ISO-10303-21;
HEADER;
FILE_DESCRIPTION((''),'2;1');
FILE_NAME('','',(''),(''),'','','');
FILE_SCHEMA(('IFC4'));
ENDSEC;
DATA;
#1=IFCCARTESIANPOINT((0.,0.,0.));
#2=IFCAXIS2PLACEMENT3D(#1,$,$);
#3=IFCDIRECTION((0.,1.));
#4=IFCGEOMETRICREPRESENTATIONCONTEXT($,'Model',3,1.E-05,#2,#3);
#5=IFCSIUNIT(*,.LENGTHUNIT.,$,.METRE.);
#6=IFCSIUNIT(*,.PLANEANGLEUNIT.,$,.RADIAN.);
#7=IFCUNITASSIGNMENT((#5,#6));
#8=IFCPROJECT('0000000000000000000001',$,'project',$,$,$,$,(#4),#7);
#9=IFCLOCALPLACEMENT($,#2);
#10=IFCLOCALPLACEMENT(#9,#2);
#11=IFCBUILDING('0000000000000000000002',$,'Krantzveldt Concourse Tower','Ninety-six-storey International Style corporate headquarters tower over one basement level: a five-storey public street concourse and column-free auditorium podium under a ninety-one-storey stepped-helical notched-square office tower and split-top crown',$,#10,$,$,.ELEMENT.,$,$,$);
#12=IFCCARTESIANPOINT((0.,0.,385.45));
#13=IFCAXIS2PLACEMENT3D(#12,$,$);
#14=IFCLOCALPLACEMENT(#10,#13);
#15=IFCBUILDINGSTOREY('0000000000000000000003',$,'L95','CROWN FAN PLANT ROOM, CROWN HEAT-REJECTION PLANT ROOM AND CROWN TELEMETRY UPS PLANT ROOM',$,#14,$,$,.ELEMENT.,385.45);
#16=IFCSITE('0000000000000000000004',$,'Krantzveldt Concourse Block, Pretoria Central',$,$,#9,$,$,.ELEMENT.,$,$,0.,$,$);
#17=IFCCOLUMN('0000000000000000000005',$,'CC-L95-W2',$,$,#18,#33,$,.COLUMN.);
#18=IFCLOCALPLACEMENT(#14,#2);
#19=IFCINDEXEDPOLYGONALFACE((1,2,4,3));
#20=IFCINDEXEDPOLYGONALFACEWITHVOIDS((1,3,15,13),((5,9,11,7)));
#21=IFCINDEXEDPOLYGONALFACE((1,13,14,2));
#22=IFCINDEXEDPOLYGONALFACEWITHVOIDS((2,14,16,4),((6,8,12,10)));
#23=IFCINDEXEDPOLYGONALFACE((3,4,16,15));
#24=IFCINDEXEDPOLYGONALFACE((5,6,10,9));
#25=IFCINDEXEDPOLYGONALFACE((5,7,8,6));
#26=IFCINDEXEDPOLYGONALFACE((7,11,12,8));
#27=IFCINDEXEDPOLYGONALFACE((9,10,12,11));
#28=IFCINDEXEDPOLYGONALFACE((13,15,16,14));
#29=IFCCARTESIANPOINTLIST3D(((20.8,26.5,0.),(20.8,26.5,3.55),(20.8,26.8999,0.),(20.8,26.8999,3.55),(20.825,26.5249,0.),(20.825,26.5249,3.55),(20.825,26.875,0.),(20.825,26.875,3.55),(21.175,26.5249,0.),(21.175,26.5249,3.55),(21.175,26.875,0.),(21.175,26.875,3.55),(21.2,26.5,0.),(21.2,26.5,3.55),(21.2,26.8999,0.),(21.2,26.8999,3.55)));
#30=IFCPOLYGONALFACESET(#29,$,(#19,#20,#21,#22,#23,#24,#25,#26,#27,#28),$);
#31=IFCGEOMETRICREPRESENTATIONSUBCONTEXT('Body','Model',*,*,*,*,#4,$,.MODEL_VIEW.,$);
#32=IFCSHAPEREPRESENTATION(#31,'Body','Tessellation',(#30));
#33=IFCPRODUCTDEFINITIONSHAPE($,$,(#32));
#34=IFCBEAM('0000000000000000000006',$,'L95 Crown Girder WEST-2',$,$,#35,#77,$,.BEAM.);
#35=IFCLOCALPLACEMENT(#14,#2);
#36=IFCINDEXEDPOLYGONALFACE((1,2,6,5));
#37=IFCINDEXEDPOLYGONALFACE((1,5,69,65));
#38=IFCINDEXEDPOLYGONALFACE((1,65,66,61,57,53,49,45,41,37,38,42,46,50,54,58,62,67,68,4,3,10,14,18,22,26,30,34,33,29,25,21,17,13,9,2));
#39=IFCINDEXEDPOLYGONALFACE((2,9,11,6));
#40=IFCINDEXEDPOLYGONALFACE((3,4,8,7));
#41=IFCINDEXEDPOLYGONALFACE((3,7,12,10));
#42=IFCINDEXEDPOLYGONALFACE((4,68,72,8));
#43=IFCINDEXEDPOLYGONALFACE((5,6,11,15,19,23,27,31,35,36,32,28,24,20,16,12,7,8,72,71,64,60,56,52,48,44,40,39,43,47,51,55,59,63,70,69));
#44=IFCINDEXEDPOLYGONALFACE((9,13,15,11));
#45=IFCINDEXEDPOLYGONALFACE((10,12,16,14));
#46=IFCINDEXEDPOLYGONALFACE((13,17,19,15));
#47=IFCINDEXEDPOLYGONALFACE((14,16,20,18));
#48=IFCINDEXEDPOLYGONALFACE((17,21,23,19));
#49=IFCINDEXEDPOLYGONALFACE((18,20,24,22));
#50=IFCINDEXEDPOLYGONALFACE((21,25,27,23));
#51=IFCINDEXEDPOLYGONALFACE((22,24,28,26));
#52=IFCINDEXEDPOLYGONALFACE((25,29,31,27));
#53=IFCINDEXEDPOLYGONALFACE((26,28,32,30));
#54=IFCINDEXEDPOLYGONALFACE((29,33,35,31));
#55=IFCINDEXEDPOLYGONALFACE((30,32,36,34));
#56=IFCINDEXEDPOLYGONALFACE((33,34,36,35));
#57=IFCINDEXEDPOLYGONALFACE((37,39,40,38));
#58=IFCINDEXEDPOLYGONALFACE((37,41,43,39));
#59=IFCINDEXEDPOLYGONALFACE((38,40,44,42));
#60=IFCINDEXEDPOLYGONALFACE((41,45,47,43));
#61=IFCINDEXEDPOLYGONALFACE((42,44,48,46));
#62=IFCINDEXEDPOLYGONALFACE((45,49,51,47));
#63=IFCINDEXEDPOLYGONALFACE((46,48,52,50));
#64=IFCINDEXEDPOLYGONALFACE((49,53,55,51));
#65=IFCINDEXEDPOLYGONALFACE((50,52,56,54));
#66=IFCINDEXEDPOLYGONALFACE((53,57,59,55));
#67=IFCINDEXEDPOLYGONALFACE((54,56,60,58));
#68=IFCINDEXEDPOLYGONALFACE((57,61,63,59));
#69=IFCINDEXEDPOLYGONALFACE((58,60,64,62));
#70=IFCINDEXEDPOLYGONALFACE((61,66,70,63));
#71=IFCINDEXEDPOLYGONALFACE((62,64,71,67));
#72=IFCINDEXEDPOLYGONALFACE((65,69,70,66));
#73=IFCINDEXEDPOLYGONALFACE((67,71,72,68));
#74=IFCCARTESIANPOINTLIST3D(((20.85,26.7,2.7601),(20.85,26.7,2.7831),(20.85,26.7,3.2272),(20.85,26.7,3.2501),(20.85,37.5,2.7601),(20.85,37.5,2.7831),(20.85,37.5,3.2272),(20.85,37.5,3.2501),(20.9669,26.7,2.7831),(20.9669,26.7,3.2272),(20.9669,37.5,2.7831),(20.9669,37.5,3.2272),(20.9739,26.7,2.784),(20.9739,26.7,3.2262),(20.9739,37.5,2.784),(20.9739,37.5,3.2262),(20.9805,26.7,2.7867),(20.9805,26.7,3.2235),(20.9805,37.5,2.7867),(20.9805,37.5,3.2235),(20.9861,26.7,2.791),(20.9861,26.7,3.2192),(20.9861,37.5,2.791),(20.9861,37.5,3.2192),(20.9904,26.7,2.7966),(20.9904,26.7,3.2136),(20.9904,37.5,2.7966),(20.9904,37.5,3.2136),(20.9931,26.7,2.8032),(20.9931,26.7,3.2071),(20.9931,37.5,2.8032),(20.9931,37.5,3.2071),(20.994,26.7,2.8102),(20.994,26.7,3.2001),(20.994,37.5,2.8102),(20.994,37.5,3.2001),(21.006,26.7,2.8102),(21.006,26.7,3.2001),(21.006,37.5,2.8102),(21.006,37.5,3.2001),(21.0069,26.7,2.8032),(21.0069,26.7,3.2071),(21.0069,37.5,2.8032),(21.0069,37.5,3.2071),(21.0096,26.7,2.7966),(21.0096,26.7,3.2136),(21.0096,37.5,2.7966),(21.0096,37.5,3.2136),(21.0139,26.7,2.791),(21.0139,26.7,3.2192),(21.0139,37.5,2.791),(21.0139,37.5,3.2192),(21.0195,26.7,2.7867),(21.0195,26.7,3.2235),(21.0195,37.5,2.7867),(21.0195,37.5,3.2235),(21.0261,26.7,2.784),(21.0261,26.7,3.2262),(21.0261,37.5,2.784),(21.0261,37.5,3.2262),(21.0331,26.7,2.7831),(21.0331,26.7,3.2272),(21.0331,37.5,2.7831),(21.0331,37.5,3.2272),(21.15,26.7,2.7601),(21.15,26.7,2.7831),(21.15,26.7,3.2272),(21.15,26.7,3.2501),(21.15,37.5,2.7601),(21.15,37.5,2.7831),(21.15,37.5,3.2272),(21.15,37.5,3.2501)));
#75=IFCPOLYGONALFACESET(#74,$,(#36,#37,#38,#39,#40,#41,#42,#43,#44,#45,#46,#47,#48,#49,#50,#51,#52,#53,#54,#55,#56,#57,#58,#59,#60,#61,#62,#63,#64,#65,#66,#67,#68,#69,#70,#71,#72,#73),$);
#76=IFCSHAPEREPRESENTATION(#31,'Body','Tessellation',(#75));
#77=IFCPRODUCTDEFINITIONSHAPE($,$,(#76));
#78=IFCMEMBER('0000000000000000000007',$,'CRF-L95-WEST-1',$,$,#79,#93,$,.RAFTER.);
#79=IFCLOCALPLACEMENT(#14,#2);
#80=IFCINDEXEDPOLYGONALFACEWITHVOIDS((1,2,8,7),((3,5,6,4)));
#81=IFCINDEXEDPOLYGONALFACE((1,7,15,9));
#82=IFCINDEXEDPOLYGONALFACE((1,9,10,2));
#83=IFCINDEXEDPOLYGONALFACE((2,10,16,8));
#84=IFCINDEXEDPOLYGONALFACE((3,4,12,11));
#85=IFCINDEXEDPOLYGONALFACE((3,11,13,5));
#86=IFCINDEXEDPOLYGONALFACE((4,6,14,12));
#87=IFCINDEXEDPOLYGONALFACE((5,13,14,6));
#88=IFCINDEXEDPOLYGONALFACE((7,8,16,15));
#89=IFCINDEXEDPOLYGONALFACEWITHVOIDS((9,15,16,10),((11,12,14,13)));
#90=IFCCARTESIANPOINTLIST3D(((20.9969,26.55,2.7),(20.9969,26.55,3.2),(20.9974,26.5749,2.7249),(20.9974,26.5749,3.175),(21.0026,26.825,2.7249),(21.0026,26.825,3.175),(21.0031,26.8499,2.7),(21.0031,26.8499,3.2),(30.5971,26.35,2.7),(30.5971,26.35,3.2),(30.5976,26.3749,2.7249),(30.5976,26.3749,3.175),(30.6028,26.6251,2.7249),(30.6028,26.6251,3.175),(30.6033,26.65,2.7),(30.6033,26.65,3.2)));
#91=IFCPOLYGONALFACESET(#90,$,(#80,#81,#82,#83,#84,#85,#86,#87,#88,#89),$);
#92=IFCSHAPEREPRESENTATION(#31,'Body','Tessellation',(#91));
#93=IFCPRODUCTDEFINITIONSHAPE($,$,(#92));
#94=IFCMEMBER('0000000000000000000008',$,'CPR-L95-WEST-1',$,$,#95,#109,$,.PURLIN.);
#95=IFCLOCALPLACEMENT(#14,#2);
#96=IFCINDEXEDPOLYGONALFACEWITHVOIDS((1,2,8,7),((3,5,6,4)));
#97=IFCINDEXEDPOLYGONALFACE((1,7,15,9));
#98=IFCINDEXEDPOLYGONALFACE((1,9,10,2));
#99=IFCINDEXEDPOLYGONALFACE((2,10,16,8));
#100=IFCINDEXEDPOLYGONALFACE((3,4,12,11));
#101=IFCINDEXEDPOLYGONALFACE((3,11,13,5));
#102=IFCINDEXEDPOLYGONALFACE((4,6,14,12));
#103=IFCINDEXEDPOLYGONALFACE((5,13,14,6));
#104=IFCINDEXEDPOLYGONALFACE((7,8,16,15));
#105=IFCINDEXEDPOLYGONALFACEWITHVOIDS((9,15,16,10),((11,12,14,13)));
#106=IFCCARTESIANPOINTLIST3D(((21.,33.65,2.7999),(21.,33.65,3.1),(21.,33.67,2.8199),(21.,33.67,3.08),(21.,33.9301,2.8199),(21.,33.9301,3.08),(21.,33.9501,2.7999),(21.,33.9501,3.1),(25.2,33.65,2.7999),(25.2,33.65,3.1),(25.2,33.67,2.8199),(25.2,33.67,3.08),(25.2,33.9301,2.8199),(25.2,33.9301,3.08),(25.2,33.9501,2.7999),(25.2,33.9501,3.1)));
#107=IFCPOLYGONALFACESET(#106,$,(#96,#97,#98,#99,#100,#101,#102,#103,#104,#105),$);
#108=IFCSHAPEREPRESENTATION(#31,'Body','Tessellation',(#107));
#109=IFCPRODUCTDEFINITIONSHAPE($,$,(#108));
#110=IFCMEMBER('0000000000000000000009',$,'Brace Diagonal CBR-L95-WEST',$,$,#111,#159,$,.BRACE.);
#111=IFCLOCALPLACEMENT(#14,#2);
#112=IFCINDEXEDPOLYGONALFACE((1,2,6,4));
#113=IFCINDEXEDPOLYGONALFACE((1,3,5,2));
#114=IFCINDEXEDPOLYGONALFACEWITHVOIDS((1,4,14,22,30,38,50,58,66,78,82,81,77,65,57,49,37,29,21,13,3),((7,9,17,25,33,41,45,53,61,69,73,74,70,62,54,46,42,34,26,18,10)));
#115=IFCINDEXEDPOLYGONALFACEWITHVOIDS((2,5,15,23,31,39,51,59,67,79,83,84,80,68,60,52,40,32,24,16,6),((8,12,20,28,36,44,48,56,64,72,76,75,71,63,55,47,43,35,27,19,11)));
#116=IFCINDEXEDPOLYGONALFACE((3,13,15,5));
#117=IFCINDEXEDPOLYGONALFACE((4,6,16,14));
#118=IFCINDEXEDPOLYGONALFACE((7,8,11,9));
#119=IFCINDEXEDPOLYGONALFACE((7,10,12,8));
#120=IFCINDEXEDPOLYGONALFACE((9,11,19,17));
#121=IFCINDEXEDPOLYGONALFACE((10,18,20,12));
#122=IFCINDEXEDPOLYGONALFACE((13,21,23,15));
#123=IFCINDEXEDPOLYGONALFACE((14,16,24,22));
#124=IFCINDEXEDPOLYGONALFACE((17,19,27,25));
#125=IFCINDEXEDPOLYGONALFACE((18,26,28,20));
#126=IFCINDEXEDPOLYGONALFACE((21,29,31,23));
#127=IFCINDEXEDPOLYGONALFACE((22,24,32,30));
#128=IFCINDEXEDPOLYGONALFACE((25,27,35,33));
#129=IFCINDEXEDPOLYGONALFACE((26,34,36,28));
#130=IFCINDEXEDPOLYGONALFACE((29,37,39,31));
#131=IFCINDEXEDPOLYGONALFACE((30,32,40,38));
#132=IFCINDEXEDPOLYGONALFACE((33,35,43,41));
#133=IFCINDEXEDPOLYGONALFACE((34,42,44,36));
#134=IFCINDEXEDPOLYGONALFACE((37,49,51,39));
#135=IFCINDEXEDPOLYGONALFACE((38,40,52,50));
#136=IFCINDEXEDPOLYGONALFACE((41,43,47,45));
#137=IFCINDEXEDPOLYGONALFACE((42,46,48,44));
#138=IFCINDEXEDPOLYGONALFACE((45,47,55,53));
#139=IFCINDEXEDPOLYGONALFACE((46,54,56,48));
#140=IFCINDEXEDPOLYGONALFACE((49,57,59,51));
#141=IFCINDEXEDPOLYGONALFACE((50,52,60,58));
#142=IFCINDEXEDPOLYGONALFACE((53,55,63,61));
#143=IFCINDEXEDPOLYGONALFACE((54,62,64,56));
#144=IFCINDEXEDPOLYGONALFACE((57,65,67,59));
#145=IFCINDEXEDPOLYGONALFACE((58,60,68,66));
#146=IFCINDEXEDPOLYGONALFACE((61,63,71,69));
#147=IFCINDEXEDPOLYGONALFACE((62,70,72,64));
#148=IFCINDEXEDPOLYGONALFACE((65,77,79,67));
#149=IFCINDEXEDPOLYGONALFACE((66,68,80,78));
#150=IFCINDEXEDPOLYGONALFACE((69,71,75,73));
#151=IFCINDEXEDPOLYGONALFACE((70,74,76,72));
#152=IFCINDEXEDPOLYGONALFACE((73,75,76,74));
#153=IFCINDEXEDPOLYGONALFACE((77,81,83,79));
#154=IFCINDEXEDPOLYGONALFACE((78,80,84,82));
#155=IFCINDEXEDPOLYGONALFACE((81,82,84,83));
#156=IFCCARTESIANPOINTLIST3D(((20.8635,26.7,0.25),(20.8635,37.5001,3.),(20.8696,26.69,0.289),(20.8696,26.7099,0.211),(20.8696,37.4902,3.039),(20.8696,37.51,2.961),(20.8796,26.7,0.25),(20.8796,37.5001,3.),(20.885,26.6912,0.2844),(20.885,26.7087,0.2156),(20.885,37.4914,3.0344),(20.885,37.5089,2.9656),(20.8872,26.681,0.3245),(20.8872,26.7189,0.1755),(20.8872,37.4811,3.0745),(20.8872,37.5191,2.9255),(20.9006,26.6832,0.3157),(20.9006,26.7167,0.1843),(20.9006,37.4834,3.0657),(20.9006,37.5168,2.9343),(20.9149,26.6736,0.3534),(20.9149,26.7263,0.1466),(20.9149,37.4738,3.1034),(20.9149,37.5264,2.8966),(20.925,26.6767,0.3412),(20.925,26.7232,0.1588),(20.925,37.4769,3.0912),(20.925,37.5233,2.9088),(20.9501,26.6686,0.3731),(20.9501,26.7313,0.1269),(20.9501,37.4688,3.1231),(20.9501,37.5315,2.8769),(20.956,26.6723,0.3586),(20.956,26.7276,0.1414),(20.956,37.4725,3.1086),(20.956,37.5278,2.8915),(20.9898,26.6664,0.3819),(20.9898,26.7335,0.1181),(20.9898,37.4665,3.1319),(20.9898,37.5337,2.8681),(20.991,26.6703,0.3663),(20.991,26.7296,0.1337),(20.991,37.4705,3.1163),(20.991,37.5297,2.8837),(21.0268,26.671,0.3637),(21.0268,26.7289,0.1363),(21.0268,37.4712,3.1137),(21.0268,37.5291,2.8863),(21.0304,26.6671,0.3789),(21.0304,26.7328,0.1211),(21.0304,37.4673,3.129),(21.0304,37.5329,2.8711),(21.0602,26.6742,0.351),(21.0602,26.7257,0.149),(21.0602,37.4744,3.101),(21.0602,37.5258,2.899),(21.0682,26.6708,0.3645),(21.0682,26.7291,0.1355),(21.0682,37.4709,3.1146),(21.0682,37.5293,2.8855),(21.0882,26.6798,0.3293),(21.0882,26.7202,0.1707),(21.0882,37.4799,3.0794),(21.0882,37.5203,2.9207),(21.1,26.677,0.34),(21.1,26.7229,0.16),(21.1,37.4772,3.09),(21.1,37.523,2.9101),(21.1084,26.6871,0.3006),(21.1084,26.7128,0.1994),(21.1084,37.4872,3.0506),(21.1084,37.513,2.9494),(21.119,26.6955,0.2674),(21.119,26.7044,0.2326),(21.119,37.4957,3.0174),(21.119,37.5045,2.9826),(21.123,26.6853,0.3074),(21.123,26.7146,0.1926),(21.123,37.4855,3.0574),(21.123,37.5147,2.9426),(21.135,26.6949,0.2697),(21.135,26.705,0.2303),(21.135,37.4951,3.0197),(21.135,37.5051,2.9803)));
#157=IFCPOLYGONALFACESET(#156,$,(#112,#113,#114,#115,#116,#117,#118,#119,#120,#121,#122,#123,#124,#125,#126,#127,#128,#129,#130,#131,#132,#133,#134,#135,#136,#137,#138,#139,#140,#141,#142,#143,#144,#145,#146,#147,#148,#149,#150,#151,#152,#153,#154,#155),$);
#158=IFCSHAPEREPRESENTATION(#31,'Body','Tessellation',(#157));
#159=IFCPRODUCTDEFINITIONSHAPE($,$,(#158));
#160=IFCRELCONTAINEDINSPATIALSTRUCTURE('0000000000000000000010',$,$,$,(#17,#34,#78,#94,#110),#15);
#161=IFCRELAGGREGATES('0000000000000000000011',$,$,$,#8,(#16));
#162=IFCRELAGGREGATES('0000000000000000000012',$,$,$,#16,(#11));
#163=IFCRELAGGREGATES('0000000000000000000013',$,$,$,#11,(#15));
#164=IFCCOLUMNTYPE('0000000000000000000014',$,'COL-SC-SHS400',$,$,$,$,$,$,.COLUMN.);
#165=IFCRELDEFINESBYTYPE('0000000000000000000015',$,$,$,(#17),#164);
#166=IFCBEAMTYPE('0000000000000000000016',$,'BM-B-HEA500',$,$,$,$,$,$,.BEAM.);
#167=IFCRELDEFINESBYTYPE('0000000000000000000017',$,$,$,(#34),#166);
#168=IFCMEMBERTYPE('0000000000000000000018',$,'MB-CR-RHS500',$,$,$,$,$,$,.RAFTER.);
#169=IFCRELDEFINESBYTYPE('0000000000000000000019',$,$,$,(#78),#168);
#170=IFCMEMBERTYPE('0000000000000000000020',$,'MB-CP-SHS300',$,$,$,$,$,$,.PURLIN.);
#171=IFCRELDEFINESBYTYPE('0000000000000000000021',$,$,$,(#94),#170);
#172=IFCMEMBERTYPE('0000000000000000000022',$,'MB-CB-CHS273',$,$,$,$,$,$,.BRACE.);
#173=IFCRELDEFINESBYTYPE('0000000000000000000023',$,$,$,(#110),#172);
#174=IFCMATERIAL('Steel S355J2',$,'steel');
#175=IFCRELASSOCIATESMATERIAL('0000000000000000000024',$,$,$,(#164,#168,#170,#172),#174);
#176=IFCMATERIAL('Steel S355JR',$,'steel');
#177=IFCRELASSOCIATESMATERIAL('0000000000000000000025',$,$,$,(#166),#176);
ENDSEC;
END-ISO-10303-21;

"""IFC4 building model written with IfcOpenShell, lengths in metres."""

from ifc_helpers import new_model, si_unit, direction, frame, origin, origin_2d, place, context, subcontext, project, spatial, hollow_rectangle, hollow_circle, i_section, extrude, source, transform, mapped, material, material_profile, profile_set, type_object, type_shapes, element, save


model = new_model("IFC4")

# Units and contexts
model_context = context("Model", 3, precision=1e-05, world=origin(), true_north=direction((0.0, 1.0)))
body_context = subcontext(model_context, "Body", "Model", "MODEL_VIEW")
ifc_project = project(units=[si_unit("LENGTHUNIT", "METRE"), si_unit("PLANEANGLEUNIT", "RADIAN")], contexts=[model_context])

# Site, building, storey
site_placement = place(None, origin())
site = spatial("IfcSite", under=ifc_project, at=site_placement, Name="Krantzveldt Concourse Block, Pretoria Central", CompositionType="ELEMENT", RefElevation=0.0)
building_placement = place(site_placement, origin())
building = spatial("IfcBuilding", under=site, at=building_placement, Name="Krantzveldt Concourse Tower", Description="Ninety-six-storey International Style corporate headquarters tower over one basement level: a five-storey public street concourse and column-free auditorium podium under a ninety-one-storey stepped-helical notched-square office tower and split-top crown", CompositionType="ELEMENT")
storey_placement = place(building_placement, frame((0.0, 0.0, 385.45)))
storey = spatial("IfcBuildingStorey", under=building, at=storey_placement, Name="L95", Description="CROWN FAN PLANT ROOM, CROWN HEAT-REJECTION PLANT ROOM AND CROWN TELEMETRY UPS PLANT ROOM", CompositionType="ELEMENT", Elevation=385.45)

# Column
ifc_material_1 = material(Name="Steel S355J2", Category="steel")
ifc_material_profile_1 = material_profile(ifc_material_1, hollow_rectangle(XDim=0.3999, YDim=0.3999, WallThickness=0.0249, at=origin_2d()), Name="Steel S355J2", Category="steel")
ifc_profile_set_1 = profile_set([ifc_material_profile_1], Name="Steel S355J2 - SHS 400x400x25")
column_type = type_object("IfcColumnType", Name="COL-SC-SHS400", PredefinedType="COLUMN", material=ifc_profile_set_1)
shared_shape_1 = source(origin(), body_context, "Body", "SweptSolid", [
    extrude(hollow_rectangle(XDim=0.3999, YDim=0.3999, WallThickness=0.0249, at=origin_2d()), origin(), (0.0, 0.0, 1.0), 3.55),
])
type_shapes(column_type, [shared_shape_1])
column_placement = place(storey_placement, frame((21.0, 26.7, 0.0), z_axis=(0.0, 0.0, 1.0), x_axis=(1.0, 0.0, 0.0)))
element("IfcColumn", 1, at=column_placement, inside=storey, type_object=column_type, Name="CC-L95-W2", PredefinedType="COLUMN", context=body_context, shape_type="MappedRepresentation", body=[
    mapped(shared_shape_1, transform((0.0, 0.0, 0.0), x_axis=(1.0, 0.0, 0.0), y_axis=(0.0, 1.0, 0.0), z_axis=(0.0, 0.0, 1.0), scale=1.0)),
])

# Beam
ifc_material_2 = material(Name="Steel S355JR", Category="steel")
ifc_material_profile_2 = material_profile(ifc_material_2, i_section(OverallWidth=0.3, OverallDepth=0.49, WebThickness=0.012, FlangeThickness=0.0229, FilletRadius=0.0271, at=origin_2d()), Name="Steel S355JR", Category="steel")
ifc_profile_set_2 = profile_set([ifc_material_profile_2], Name="Steel S355JR - HEA 500")
beam_type = type_object("IfcBeamType", Name="BM-B-HEA500", PredefinedType="BEAM", material=ifc_profile_set_2)
shared_shape_2 = source(origin(), body_context, "Body", "SweptSolid", [
    extrude(i_section(OverallWidth=0.3, OverallDepth=0.49, WebThickness=0.012, FlangeThickness=0.0229, FilletRadius=0.0271, at=origin_2d()), origin(), (0.0, 0.0, 1.0), 10.8),
])
type_shapes(beam_type, [shared_shape_2])
beam_placement = place(storey_placement, frame((21.0, 26.7, 3.0051), z_axis=(0.0, 1.0, 0.0), x_axis=(-1.0, 0.0, 0.0)))
element("IfcBeam", 2, at=beam_placement, inside=storey, type_object=beam_type, Name="L95 Crown Girder WEST-2", PredefinedType="BEAM", context=body_context, shape_type="MappedRepresentation", body=[
    mapped(shared_shape_2, transform((0.0, 0.0, 0.0), x_axis=(1.0, 0.0, 0.0), y_axis=(0.0, 1.0, 0.0), z_axis=(0.0, 0.0, 1.0), scale=1.0)),
])

# Members
ifc_material_profile_3 = material_profile(ifc_material_1, hollow_rectangle(XDim=0.3, YDim=0.5, WallThickness=0.0249, at=origin_2d()), Name="Steel S355J2", Category="steel")
ifc_profile_set_3 = profile_set([ifc_material_profile_3], Name="Steel S355J2 - RHS 500x300x25")
member_type_1 = type_object("IfcMemberType", Name="MB-CR-RHS500", PredefinedType="RAFTER", material=ifc_profile_set_3)
shared_shape_3 = source(origin(), body_context, "Body", "SweptSolid", [
    extrude(hollow_rectangle(XDim=0.3, YDim=0.5, WallThickness=0.0249, at=origin_2d()), origin(), (0.0, 0.0, 1.0), 9.6023),
])
type_shapes(member_type_1, [shared_shape_3])
member_1_placement = place(storey_placement, frame((21.0, 26.7, 2.95), z_axis=(0.999783, -0.020824, 0.0), x_axis=(0.020824, 0.999783, 0.0)))
element("IfcMember", 3, at=member_1_placement, inside=storey, type_object=member_type_1, Name="CRF-L95-WEST-1", PredefinedType="RAFTER", context=body_context, shape_type="MappedRepresentation", body=[
    mapped(shared_shape_3, transform((0.0, 0.0, 0.0), x_axis=(1.0, 0.0, 0.0), y_axis=(0.0, 1.0, 0.0), z_axis=(0.0, 0.0, 1.0), scale=1.0)),
])
ifc_material_profile_4 = material_profile(ifc_material_1, hollow_rectangle(XDim=0.3, YDim=0.3, WallThickness=0.02, at=origin_2d()), Name="Steel S355J2", Category="steel")
ifc_profile_set_4 = profile_set([ifc_material_profile_4], Name="Steel S355J2 - SHS 300x300x20")
member_type_2 = type_object("IfcMemberType", Name="MB-CP-SHS300", PredefinedType="PURLIN", material=ifc_profile_set_4)
shared_shape_4 = source(origin(), body_context, "Body", "SweptSolid", [
    extrude(hollow_rectangle(XDim=0.3, YDim=0.3, WallThickness=0.02, at=origin_2d()), origin(), (0.0, 0.0, 1.0), 4.2),
])
type_shapes(member_type_2, [shared_shape_4])
member_2_placement = place(storey_placement, frame((21.0, 33.8, 2.95), z_axis=(1.0, 0.0, 0.0), x_axis=(0.0, 1.0, 0.0)))
element("IfcMember", 4, at=member_2_placement, inside=storey, type_object=member_type_2, Name="CPR-L95-WEST-1", PredefinedType="PURLIN", context=body_context, shape_type="MappedRepresentation", body=[
    mapped(shared_shape_4, transform((0.0, 0.0, 0.0), x_axis=(1.0, 0.0, 0.0), y_axis=(0.0, 1.0, 0.0), z_axis=(0.0, 0.0, 1.0), scale=1.0)),
])
ifc_material_profile_5 = material_profile(ifc_material_1, hollow_circle(Radius=0.1365, WallThickness=0.0161, at=origin_2d()), Name="Steel S355J2", Category="steel")
ifc_profile_set_5 = profile_set([ifc_material_profile_5], Name="Steel S355J2 - CHS 273x16")
member_type_3 = type_object("IfcMemberType", Name="MB-CB-CHS273", PredefinedType="BRACE", material=ifc_profile_set_5)
shared_shape_5 = source(origin(), body_context, "Body", "SweptSolid", [
    extrude(hollow_circle(Radius=0.1365, WallThickness=0.0161, at=origin_2d()), origin(), (0.0, 0.0, 1.0), 11.1448),
])
type_shapes(member_type_3, [shared_shape_5])
member_3_placement = place(storey_placement, frame((21.0, 26.7, 0.25), z_axis=(0.0, 0.969078, 0.246755), x_axis=(-1.0, 0.0, 0.0)))
element("IfcMember", 5, at=member_3_placement, inside=storey, type_object=member_type_3, Name="Brace Diagonal CBR-L95-WEST", PredefinedType="BRACE", context=body_context, shape_type="MappedRepresentation", body=[
    mapped(shared_shape_5, transform((0.0, 0.0, 0.0), x_axis=(1.0, 0.0, 0.0), y_axis=(0.0, 1.0, 0.0), z_axis=(0.0, 0.0, 1.0), scale=1.0)),
])

save(model, "model.ifc")
